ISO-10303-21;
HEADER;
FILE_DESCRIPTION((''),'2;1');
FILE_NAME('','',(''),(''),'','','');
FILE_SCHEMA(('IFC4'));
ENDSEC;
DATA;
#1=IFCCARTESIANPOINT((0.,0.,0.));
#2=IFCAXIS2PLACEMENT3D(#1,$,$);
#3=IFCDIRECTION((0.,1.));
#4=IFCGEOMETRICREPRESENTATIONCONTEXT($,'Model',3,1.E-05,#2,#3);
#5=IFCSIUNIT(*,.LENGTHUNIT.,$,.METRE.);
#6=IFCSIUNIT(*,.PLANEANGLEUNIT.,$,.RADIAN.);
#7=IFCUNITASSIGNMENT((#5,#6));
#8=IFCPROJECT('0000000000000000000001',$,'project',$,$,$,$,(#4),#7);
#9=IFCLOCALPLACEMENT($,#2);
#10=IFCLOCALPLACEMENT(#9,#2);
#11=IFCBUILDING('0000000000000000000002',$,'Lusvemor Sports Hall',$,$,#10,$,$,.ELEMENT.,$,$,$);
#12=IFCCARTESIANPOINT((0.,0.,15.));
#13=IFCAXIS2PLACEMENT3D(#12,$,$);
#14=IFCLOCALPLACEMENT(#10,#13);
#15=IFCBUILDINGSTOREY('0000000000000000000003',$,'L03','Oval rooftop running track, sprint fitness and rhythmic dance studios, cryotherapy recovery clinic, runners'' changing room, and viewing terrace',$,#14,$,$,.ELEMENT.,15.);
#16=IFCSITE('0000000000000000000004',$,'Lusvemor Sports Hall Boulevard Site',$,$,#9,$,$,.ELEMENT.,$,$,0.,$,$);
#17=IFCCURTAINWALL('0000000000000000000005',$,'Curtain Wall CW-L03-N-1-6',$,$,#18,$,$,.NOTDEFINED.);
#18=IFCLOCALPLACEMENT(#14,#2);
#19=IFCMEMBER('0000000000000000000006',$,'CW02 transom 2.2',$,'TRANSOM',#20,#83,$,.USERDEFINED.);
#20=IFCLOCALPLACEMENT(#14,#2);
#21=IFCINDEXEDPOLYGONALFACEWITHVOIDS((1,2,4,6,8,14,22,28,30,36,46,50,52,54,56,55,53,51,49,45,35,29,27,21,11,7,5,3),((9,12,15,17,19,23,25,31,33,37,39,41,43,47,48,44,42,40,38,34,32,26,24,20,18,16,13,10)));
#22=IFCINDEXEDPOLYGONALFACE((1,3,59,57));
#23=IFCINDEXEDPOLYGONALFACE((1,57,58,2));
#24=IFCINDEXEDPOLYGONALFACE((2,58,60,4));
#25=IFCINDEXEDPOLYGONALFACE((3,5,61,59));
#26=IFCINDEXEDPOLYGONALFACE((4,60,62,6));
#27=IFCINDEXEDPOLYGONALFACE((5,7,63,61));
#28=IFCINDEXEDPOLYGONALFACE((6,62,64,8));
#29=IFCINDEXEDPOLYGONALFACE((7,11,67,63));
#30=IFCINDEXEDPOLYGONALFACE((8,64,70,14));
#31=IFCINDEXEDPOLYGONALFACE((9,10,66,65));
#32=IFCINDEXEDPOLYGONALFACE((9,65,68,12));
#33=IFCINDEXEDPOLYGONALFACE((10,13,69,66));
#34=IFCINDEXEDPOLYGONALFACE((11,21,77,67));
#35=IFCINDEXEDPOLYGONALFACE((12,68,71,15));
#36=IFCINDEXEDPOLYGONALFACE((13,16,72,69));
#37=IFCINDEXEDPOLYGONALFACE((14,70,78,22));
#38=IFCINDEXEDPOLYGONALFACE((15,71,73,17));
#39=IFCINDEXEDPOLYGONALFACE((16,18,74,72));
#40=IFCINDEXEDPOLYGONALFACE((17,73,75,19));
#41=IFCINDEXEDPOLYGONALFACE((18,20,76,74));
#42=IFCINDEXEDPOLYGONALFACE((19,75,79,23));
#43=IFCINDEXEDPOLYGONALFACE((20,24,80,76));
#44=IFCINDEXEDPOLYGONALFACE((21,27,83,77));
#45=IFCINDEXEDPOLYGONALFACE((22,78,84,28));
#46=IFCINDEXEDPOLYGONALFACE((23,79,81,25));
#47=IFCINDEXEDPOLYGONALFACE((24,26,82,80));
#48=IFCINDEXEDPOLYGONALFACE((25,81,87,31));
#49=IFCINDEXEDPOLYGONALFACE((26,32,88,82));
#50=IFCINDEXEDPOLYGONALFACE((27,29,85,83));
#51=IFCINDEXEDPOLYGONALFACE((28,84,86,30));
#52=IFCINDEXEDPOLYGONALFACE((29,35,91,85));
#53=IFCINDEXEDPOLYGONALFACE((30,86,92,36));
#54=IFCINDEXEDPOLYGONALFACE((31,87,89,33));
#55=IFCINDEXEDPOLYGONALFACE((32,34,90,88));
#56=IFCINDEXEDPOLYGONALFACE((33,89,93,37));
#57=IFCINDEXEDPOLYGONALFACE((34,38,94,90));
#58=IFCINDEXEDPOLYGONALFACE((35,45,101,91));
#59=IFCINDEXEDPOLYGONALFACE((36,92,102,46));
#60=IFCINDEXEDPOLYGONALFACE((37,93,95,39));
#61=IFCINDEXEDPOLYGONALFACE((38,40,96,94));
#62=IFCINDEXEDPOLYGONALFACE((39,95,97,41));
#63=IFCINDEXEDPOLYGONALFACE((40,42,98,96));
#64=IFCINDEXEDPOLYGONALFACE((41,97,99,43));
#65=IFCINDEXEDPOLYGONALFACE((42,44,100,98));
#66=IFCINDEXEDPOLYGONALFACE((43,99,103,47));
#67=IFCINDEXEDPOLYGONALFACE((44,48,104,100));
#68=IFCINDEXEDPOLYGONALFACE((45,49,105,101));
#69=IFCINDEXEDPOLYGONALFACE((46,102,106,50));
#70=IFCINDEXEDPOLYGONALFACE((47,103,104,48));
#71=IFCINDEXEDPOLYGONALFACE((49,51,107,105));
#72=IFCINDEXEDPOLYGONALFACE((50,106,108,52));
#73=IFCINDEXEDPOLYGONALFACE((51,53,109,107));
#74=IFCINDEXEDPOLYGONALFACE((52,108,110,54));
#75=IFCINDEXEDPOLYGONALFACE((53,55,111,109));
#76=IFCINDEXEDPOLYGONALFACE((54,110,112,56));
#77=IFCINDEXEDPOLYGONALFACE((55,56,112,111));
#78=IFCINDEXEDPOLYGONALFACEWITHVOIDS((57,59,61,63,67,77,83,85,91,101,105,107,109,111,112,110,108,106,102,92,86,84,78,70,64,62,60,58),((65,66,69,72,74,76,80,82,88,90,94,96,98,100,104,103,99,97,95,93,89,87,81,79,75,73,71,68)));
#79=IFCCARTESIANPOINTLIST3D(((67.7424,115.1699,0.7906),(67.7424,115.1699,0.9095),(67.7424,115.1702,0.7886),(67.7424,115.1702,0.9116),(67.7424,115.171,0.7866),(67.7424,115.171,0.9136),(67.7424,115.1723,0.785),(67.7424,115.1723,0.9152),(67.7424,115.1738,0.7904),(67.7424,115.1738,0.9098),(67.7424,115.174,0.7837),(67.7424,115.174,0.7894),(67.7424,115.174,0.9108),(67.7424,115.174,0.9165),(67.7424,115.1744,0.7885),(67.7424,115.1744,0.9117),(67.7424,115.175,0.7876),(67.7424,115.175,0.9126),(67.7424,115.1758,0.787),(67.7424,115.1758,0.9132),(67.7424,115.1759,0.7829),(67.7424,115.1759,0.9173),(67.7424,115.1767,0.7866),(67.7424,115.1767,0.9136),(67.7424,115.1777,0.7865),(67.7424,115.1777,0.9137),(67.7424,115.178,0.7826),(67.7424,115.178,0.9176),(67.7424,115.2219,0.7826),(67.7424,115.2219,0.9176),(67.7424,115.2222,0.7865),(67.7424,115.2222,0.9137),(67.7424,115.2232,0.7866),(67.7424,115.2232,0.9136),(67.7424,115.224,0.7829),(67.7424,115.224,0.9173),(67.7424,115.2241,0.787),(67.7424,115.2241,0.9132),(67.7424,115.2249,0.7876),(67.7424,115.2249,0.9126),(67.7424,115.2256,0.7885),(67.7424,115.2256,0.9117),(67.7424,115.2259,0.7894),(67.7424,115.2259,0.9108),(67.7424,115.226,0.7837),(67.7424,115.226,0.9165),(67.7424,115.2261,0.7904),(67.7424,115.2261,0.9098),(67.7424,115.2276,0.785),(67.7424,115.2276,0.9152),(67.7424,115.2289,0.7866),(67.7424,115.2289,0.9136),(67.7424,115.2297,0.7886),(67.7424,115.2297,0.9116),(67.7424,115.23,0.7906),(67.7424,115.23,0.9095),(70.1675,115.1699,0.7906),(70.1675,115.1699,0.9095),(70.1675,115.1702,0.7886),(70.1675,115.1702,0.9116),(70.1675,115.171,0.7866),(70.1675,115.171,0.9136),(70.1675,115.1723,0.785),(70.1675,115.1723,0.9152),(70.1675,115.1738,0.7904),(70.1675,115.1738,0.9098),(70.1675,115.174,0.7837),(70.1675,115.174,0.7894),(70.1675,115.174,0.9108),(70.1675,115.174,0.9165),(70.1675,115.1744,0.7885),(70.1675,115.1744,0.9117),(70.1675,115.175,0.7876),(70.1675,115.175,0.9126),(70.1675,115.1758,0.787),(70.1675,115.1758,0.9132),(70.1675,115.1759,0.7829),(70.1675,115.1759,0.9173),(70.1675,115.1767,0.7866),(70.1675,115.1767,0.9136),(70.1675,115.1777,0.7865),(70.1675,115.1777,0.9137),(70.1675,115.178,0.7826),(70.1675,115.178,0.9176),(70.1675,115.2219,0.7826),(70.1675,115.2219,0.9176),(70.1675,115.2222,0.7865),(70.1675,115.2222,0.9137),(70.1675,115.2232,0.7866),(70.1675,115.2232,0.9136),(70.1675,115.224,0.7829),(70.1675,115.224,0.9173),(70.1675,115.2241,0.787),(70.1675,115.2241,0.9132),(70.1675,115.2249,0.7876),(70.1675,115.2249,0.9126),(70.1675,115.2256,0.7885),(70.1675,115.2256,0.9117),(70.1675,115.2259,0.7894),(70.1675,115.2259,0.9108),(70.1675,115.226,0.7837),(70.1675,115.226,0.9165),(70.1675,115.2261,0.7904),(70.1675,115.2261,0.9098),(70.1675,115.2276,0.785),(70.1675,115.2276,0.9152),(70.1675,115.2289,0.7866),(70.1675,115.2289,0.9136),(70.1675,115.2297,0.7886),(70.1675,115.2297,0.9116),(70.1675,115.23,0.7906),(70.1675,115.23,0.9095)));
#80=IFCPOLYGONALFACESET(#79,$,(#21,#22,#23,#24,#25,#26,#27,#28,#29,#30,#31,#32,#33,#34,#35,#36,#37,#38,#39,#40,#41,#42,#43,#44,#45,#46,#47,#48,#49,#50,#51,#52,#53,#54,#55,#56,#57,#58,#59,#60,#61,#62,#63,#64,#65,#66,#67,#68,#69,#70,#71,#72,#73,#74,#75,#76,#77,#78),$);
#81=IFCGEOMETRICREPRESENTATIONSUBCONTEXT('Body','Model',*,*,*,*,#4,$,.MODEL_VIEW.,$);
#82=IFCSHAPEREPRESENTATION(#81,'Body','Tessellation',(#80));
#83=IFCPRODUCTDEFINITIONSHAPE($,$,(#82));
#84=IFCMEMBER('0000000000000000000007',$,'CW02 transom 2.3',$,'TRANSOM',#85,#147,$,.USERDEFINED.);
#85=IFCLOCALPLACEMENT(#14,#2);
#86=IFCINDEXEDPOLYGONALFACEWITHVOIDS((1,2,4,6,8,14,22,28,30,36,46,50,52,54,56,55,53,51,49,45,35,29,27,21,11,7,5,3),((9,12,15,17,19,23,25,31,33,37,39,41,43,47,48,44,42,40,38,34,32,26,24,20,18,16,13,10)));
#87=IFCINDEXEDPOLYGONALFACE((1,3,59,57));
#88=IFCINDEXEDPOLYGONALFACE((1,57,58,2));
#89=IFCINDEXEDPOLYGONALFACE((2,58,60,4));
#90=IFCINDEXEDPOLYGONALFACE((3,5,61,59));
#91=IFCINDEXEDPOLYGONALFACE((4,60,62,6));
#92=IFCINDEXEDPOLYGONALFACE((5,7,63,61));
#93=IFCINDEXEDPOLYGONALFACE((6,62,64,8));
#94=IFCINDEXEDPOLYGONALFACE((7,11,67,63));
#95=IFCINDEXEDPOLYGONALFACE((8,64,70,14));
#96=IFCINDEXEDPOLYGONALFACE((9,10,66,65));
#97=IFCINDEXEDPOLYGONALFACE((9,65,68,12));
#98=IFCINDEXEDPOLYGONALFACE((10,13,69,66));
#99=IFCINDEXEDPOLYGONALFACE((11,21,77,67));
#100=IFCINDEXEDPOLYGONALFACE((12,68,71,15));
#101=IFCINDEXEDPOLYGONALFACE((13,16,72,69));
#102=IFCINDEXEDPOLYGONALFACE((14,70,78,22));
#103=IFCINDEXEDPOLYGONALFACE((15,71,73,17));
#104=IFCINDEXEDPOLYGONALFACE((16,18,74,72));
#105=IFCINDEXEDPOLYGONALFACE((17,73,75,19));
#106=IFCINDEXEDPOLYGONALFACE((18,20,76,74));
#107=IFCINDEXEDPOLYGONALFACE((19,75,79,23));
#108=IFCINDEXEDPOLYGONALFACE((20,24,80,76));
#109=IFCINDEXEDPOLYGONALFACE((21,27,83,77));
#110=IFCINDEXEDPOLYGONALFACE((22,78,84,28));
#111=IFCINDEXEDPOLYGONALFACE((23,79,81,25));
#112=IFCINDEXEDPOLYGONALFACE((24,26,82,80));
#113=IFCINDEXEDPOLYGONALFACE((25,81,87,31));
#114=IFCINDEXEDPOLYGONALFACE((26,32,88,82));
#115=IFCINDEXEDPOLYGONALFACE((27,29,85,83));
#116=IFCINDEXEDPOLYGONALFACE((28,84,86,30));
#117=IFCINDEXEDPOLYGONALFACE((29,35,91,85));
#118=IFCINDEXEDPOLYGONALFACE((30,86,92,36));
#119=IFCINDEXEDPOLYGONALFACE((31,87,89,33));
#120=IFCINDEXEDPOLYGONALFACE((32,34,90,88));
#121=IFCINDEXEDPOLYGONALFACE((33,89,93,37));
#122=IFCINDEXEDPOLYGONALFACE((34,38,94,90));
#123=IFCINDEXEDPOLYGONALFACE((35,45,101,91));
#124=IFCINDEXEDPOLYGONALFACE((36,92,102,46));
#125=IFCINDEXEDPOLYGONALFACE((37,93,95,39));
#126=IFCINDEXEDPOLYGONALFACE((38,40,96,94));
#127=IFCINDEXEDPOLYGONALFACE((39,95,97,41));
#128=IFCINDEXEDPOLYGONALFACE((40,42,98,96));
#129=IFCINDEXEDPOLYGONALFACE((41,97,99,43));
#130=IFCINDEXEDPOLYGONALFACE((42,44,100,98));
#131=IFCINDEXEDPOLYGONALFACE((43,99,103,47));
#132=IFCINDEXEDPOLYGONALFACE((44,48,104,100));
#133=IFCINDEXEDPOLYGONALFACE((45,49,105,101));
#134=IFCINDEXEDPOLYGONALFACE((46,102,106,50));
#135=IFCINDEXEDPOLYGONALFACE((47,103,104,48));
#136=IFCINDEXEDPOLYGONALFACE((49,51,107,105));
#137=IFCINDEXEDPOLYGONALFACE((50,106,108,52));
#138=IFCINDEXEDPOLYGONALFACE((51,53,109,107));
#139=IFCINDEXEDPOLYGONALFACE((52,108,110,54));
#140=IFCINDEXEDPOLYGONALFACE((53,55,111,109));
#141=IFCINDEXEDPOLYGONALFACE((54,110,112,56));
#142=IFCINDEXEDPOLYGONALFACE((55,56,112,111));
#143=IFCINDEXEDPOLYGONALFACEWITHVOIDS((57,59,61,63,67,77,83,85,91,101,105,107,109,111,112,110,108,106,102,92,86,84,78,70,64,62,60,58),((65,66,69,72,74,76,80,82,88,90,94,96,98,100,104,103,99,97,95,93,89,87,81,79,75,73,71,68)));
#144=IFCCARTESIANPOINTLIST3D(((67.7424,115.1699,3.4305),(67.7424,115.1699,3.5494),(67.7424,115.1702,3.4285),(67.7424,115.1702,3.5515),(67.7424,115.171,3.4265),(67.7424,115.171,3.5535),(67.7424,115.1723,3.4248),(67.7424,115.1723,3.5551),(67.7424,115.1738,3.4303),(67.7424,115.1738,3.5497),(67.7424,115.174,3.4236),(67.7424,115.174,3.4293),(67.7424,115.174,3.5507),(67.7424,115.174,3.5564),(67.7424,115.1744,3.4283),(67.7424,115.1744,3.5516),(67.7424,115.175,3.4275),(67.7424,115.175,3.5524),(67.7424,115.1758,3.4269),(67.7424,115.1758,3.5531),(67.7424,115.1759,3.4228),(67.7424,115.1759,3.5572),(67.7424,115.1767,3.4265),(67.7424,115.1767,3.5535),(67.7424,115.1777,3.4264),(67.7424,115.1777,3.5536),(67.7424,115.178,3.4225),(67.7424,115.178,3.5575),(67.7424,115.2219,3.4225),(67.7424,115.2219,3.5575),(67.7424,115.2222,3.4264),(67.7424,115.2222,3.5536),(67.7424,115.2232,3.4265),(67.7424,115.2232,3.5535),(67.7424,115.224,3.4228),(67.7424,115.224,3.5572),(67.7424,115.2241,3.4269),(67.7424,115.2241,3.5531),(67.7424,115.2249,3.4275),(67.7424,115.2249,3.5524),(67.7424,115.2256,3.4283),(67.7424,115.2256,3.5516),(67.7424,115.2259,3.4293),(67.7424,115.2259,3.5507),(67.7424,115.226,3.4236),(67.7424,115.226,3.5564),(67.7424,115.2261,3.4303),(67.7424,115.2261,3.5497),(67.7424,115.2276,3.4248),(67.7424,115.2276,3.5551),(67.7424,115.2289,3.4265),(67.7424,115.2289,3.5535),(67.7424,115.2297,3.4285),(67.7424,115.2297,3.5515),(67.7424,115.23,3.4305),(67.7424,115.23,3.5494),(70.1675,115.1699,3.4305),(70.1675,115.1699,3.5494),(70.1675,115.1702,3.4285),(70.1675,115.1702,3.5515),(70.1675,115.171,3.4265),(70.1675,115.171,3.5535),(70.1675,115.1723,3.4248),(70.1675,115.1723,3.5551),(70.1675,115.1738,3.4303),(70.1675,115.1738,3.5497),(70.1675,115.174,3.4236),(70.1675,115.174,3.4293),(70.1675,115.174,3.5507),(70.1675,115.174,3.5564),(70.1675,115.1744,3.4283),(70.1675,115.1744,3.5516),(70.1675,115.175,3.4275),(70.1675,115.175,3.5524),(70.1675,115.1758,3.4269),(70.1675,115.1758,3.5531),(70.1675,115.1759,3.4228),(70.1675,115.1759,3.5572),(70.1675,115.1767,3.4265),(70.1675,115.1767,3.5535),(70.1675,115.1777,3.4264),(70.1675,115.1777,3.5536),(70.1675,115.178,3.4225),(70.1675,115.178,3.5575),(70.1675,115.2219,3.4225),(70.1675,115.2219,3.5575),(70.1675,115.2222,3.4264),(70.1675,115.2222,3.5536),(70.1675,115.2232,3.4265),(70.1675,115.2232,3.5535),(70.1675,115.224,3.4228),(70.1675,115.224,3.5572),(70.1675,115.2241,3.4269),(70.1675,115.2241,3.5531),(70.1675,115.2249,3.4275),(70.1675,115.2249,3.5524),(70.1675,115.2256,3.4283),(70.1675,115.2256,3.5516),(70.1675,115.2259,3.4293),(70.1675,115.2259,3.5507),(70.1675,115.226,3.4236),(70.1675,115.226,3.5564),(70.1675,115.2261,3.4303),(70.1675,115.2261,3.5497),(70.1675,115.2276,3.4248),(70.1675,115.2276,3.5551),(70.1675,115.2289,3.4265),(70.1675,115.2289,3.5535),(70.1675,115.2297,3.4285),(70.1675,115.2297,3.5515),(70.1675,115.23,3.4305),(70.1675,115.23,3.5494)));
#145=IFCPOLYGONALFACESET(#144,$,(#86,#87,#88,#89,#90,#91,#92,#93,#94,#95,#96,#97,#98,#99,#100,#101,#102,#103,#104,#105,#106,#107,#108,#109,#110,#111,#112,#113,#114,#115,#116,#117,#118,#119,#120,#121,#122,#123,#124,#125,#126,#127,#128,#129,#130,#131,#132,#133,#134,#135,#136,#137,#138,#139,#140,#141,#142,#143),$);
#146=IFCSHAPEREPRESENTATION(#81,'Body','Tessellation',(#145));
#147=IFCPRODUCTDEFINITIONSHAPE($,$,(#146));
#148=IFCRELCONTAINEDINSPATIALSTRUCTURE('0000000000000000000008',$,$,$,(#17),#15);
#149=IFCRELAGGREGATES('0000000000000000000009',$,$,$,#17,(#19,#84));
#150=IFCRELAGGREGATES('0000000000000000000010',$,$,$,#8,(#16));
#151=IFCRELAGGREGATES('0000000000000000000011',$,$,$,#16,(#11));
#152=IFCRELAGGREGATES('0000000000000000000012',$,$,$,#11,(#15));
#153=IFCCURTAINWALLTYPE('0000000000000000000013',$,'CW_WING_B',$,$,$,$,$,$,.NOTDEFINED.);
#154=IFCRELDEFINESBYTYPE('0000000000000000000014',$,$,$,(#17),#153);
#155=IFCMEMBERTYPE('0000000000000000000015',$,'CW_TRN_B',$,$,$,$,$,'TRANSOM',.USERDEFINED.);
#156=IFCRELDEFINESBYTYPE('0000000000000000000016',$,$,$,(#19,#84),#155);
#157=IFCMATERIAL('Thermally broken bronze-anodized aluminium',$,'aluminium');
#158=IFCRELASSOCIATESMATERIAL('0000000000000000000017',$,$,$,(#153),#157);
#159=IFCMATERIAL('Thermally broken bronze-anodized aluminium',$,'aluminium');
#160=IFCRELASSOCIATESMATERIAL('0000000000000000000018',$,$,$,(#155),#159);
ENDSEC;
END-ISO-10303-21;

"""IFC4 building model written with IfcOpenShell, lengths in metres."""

from ifc_helpers import new_model, si_unit, direction, frame, origin, origin_2d, place, context, subcontext, project, spatial, hollow_rectangle, extrude, material, material_profile, profile_set, type_object, element, aggregate, save


model = new_model("IFC4")

# Units and contexts
model_context = context("Model", 3, precision=1e-05, world=origin(), true_north=direction((0.0, 1.0)))
body_context = subcontext(model_context, "Body", "Model", "MODEL_VIEW")
ifc_project = project(units=[si_unit("LENGTHUNIT", "METRE"), si_unit("PLANEANGLEUNIT", "RADIAN")], contexts=[model_context])

# Site, building, storey
site_placement = place(None, origin())
site = spatial("IfcSite", under=ifc_project, at=site_placement, Name="Lusvemor Sports Hall Boulevard Site", CompositionType="ELEMENT", RefElevation=0.0)
building_placement = place(site_placement, origin())
building = spatial("IfcBuilding", under=site, at=building_placement, Name="Lusvemor Sports Hall", CompositionType="ELEMENT")
storey_placement = place(building_placement, frame((0.0, 0.0, 15.0)))
storey = spatial("IfcBuildingStorey", under=building, at=storey_placement, Name="L03", Description="Oval rooftop running track, sprint fitness and rhythmic dance studios, cryotherapy recovery clinic, runners' changing room, and viewing terrace", CompositionType="ELEMENT", Elevation=15.0)

# Curtain wall, members
ifc_material_1 = material(Name="Thermally broken bronze-anodized aluminium", Category="aluminium")
curtain_wall_type = type_object("IfcCurtainWallType", Name="CW_WING_B", PredefinedType="NOTDEFINED", material=ifc_material_1)
curtain_wall_placement = place(storey_placement, origin())
curtain_wall = element("IfcCurtainWall", 1, at=curtain_wall_placement, inside=storey, type_object=curtain_wall_type, Name="Curtain Wall CW-L03-N-1-6", PredefinedType="NOTDEFINED")
ifc_material_2 = material(Name="Thermally broken bronze-anodized aluminium", Category="aluminium")
ifc_material_profile_1 = material_profile(ifc_material_2, hollow_rectangle(XDim=0.0601, YDim=0.135, WallThickness=0.0039, InnerFilletRadius=0.0039, OuterFilletRadius=0.0081, at=origin_2d()), Name="CWTRN135x60x4")
ifc_profile_set_1 = profile_set([ifc_material_profile_1], Name="Thermally broken bronze-anodized aluminium")
member_type_1 = type_object("IfcMemberType", Name="CW_TRN_B", ElementType="TRANSOM", PredefinedType="USERDEFINED", material=ifc_profile_set_1)
member_1_placement = place(storey_placement, frame((67.7424, 115.2, 0.8501), z_axis=(1.0, 0.0, 0.0), x_axis=(0.0, 1.0, 0.0)))
member_1 = element("IfcMember", 2, at=member_1_placement, type_object=member_type_1, Name="CW02 transom 2.2", ObjectType="TRANSOM", PredefinedType="USERDEFINED", context=body_context, shape_type="SweptSolid", body=[
    extrude(hollow_rectangle(XDim=0.0601, YDim=0.135, WallThickness=0.0039, InnerFilletRadius=0.0039, OuterFilletRadius=0.0081, at=origin_2d()), origin(), (0.0, 0.0, 1.0), 2.425),
])
member_2_placement = place(storey_placement, frame((67.7424, 115.2, 3.49), z_axis=(1.0, 0.0, 0.0), x_axis=(0.0, 1.0, 0.0)))
member_2 = element("IfcMember", 3, at=member_2_placement, type_object=member_type_1, Name="CW02 transom 2.3", ObjectType="TRANSOM", PredefinedType="USERDEFINED", context=body_context, shape_type="SweptSolid", body=[
    extrude(hollow_rectangle(XDim=0.0601, YDim=0.135, WallThickness=0.0039, InnerFilletRadius=0.0039, OuterFilletRadius=0.0081, at=origin_2d()), origin(), (0.0, 0.0, 1.0), 2.425),
])

aggregate(curtain_wall, [member_1, member_2])

save(model, "model.ifc")
